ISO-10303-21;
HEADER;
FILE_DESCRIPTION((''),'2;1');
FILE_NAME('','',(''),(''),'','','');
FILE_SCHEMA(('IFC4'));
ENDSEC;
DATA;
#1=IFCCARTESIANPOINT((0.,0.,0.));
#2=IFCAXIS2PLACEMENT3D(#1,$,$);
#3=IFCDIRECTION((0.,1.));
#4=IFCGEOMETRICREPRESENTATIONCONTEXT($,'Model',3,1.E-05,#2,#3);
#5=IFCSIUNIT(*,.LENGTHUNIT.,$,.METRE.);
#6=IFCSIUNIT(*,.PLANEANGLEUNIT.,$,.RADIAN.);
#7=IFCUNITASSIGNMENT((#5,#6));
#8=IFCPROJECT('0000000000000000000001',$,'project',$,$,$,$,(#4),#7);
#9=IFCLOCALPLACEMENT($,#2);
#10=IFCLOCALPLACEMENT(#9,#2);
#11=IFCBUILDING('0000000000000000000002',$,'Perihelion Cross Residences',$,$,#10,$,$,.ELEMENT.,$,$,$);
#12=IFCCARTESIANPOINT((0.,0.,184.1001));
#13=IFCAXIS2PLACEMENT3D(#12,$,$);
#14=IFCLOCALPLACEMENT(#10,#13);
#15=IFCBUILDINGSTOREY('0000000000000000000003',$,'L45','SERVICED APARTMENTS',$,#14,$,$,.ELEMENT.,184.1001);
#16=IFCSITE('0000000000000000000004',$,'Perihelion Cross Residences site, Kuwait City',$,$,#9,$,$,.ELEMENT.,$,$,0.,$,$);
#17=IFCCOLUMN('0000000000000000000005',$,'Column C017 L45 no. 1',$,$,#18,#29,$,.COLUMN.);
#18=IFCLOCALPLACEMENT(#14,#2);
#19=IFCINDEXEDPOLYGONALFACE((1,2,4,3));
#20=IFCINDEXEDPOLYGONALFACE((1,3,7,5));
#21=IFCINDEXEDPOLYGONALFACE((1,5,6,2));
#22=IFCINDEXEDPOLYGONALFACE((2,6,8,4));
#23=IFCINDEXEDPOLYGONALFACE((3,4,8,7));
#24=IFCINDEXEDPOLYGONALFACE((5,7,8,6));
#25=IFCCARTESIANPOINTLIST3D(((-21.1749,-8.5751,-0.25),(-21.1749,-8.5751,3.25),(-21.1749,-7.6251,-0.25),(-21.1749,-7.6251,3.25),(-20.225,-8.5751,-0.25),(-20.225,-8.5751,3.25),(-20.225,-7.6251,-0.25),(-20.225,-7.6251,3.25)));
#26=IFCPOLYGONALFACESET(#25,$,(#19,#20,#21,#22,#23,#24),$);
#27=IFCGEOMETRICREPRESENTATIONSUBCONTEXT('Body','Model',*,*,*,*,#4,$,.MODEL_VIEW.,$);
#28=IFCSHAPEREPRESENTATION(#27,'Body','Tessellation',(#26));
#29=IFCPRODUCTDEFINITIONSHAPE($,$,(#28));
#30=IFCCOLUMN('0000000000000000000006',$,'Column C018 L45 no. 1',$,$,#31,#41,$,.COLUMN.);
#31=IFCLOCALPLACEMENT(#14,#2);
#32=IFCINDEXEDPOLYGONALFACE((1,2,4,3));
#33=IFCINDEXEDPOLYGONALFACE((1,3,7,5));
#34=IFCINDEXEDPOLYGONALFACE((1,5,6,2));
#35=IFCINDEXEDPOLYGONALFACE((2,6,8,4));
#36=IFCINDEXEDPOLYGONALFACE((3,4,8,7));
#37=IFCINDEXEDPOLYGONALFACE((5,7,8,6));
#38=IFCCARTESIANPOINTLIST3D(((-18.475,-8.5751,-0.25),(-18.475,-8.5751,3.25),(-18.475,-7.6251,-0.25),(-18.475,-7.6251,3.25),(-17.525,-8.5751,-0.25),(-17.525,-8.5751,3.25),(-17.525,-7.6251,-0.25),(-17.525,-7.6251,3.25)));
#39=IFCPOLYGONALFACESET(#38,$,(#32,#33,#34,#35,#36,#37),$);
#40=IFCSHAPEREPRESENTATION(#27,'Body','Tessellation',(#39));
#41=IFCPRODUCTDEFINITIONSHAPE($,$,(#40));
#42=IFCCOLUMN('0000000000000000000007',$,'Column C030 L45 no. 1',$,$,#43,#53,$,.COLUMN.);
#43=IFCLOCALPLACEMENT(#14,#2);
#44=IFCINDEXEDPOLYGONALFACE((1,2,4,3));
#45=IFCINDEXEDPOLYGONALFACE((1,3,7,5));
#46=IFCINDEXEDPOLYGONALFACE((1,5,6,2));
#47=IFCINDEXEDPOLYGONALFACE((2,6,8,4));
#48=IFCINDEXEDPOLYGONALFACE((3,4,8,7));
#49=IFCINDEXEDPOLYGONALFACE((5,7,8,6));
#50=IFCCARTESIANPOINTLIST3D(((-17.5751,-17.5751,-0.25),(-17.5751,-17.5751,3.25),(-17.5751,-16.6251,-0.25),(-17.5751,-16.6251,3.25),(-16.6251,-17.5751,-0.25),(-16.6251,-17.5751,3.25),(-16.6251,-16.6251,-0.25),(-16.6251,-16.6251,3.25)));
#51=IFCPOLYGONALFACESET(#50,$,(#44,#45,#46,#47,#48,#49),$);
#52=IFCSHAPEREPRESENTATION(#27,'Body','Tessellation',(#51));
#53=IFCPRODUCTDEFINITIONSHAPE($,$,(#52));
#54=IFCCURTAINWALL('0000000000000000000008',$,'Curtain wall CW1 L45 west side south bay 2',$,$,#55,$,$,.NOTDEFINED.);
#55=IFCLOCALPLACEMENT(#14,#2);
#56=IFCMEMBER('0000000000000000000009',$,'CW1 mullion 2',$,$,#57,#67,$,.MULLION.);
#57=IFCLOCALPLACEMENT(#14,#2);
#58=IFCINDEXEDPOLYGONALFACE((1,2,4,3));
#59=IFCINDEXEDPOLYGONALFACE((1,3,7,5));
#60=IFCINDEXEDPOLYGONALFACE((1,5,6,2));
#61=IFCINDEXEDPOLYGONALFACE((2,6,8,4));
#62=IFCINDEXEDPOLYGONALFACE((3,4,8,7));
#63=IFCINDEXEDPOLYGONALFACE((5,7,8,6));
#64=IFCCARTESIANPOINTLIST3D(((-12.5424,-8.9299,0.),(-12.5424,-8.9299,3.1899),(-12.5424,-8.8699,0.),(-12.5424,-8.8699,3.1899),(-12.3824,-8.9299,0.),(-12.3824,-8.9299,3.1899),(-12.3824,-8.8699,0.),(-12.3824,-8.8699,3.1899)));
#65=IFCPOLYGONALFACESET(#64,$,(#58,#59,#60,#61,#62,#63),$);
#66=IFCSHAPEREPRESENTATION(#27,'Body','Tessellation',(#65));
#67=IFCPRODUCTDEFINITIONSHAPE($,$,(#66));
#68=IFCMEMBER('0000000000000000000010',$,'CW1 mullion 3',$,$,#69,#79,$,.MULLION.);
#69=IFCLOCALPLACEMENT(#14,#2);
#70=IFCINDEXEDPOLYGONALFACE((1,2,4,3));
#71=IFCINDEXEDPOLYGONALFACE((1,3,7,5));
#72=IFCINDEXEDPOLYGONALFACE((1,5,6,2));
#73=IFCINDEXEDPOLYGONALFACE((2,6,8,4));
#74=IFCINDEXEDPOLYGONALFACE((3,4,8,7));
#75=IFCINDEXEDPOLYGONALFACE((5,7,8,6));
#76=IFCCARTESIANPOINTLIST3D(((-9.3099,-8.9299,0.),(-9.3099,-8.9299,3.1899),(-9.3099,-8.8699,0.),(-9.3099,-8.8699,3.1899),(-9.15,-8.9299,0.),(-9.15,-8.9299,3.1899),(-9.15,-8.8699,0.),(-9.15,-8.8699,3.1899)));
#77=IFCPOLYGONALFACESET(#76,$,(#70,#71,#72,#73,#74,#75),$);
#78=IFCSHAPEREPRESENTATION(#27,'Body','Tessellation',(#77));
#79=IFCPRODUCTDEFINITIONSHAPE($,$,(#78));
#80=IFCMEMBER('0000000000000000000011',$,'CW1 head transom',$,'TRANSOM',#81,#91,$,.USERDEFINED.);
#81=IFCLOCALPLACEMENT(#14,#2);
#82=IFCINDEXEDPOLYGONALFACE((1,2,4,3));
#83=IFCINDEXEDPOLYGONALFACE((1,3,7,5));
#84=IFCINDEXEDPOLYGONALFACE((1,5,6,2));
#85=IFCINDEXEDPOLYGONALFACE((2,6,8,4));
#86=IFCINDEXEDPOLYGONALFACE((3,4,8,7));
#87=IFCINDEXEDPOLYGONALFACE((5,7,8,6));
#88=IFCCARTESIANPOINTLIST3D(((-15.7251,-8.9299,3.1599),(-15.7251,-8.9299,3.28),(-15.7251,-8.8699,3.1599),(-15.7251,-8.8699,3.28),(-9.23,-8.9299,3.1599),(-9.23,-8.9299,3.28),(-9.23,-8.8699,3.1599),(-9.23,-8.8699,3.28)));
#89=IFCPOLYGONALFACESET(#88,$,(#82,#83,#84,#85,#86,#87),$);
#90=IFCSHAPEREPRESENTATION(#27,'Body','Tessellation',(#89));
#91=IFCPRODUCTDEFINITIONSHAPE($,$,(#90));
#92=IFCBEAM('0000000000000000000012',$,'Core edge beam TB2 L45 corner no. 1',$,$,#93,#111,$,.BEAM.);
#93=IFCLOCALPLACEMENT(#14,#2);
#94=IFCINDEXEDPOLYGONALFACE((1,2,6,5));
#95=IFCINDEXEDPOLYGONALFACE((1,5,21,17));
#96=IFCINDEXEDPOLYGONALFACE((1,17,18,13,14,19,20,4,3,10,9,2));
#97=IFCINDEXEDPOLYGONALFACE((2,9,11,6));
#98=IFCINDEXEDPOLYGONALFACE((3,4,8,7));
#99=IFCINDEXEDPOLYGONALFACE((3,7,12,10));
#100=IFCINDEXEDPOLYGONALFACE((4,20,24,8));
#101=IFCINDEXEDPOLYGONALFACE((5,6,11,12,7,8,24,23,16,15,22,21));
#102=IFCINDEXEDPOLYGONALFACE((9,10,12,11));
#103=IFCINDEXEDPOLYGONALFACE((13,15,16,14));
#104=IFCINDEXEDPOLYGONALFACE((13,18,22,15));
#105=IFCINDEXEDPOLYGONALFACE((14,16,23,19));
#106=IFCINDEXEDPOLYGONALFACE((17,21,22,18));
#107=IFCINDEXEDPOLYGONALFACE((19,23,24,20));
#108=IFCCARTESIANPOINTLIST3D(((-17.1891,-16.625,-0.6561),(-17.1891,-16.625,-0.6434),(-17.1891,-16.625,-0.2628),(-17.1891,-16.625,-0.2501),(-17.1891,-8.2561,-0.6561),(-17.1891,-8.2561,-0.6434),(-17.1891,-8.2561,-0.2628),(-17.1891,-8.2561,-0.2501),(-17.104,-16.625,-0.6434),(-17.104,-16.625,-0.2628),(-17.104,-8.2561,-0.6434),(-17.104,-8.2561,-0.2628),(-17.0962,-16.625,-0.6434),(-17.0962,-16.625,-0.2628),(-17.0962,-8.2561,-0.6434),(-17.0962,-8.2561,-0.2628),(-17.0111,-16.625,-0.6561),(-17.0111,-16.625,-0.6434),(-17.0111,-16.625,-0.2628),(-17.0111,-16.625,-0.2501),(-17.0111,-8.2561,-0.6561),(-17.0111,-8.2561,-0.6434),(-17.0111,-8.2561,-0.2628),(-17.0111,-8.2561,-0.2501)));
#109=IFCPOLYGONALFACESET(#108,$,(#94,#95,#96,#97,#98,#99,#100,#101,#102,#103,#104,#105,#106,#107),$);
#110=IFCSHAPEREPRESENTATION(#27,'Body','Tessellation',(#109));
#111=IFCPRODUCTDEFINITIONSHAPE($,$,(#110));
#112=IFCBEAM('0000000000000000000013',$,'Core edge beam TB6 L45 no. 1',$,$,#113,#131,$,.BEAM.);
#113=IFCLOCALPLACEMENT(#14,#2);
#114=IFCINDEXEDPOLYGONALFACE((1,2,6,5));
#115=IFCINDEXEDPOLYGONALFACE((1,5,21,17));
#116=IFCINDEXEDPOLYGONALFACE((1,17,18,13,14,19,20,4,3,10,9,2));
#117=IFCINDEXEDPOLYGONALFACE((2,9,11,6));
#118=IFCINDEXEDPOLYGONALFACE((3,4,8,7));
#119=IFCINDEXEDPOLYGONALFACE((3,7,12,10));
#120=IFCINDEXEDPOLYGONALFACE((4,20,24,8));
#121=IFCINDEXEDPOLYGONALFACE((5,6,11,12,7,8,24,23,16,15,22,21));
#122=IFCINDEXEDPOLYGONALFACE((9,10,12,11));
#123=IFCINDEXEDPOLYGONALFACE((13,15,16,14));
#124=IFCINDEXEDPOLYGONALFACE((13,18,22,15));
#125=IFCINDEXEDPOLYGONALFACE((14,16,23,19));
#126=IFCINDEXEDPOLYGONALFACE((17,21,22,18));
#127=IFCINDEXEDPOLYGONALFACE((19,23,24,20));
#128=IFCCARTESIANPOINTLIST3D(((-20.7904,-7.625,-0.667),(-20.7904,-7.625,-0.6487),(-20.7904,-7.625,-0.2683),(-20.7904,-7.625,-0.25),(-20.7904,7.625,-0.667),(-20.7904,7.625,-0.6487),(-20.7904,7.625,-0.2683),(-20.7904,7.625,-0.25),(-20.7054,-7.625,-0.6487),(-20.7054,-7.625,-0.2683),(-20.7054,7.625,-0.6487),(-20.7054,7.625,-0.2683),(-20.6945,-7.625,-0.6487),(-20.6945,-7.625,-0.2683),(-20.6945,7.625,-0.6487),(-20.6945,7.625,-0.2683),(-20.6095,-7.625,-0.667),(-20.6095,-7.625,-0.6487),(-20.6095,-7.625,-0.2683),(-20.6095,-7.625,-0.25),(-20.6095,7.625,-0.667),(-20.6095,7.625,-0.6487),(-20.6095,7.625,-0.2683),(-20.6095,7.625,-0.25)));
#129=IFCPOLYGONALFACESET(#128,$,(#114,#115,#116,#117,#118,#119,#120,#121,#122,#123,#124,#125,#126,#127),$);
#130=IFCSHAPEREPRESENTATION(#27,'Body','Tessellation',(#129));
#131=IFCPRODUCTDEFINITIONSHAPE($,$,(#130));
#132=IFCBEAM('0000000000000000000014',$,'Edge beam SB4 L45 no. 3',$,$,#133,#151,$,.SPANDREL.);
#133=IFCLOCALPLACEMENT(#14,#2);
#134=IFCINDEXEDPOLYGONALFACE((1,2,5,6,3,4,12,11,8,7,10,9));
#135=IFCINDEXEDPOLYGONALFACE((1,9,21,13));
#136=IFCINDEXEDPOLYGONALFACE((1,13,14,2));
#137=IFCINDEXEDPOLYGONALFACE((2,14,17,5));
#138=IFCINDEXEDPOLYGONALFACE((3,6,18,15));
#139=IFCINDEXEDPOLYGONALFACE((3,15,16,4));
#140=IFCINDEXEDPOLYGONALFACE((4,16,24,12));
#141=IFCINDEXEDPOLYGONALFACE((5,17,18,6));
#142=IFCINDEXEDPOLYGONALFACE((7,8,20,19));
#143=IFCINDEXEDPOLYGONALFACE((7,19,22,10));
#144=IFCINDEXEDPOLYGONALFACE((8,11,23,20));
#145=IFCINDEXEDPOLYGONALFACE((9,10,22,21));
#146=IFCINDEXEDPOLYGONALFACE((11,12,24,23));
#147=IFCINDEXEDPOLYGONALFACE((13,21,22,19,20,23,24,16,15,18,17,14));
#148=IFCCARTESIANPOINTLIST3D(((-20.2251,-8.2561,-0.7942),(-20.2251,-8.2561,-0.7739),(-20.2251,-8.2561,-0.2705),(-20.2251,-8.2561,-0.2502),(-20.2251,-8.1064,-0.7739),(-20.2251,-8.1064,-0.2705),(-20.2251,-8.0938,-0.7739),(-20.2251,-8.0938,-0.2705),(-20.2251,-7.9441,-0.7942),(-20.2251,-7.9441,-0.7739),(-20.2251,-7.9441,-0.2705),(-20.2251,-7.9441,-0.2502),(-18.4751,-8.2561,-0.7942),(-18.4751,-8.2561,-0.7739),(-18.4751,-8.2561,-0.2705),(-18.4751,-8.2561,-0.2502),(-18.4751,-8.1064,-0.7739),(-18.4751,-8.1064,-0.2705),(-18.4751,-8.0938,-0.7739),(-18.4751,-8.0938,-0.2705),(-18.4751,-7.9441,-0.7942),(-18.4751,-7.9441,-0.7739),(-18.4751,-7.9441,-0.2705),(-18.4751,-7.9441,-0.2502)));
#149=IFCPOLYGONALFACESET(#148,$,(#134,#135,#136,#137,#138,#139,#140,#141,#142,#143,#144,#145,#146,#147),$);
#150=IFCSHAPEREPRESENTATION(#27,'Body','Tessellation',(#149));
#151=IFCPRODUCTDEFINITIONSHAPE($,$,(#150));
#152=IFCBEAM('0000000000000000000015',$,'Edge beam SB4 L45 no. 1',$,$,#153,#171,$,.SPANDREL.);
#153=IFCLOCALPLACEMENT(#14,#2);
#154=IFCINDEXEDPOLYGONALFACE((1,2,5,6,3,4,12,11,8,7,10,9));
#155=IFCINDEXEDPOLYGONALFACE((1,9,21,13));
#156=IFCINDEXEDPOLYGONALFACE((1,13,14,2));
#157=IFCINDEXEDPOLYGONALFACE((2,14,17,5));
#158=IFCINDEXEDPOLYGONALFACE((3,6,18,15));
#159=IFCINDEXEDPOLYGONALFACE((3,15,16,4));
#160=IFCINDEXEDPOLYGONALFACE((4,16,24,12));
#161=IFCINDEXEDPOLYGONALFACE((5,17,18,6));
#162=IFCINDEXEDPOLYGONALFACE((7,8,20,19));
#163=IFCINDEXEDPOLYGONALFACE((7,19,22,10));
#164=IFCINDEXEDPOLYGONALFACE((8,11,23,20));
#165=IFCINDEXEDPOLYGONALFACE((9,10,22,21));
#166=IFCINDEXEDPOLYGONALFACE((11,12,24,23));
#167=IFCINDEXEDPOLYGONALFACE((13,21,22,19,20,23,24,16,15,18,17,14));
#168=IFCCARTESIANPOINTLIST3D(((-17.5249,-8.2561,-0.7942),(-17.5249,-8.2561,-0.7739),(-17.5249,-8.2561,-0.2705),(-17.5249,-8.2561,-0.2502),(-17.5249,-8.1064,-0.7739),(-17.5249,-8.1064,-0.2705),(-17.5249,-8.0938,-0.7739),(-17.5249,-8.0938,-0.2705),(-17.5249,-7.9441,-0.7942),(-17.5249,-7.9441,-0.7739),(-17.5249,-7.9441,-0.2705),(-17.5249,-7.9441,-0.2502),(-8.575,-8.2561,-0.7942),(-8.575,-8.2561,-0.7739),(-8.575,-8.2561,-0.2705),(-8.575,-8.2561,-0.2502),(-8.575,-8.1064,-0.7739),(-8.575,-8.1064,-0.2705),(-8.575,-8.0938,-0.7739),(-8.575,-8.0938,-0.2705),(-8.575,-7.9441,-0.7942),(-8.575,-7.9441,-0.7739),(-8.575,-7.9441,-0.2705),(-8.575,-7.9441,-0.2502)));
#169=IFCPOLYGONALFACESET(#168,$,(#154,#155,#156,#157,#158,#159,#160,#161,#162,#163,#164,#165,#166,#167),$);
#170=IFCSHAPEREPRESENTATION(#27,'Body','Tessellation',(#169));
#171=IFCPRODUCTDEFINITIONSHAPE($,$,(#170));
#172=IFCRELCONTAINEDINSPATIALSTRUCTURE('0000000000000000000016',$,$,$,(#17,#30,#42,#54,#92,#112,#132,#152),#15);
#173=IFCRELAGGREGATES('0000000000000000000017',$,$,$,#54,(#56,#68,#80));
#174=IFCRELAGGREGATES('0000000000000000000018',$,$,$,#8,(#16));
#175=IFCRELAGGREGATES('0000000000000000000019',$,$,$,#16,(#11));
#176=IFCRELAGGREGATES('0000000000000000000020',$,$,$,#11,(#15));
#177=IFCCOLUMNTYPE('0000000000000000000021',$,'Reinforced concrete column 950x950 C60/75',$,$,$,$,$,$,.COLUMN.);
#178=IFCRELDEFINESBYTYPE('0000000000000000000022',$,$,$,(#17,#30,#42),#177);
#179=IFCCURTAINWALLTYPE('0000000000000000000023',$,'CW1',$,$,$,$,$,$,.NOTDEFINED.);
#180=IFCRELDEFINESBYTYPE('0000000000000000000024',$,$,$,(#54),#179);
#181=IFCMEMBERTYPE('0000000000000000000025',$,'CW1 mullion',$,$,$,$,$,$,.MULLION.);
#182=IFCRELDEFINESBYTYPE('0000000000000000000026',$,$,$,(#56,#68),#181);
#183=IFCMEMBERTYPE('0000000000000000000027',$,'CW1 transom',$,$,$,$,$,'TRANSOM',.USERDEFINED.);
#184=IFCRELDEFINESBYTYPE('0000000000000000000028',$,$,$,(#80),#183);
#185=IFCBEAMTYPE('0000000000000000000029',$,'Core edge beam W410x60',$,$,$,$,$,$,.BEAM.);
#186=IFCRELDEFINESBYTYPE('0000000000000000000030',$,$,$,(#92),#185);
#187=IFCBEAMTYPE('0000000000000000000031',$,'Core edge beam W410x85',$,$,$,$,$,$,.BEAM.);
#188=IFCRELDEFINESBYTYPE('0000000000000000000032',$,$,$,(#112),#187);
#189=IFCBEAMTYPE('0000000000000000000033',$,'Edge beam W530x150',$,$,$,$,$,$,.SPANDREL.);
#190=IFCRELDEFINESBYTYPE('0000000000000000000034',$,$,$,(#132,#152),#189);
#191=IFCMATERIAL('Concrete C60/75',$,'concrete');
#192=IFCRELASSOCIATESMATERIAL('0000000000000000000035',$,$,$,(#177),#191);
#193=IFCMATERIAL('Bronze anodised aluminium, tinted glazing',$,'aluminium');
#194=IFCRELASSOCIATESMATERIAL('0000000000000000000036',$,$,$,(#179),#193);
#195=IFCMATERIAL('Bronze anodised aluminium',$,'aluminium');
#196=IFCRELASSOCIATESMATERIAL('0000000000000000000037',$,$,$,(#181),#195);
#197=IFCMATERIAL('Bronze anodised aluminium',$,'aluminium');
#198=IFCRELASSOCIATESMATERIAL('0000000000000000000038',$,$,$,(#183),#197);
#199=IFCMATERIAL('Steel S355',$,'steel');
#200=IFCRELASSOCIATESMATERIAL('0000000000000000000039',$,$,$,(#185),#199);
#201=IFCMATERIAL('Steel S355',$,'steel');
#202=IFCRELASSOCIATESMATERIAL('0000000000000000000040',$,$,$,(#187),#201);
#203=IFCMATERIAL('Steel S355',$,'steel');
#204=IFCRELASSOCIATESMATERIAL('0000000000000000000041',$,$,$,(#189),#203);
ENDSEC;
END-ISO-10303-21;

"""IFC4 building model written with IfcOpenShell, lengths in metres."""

from ifc_helpers import new_model, si_unit, direction, frame, origin, origin_2d, place, context, subcontext, project, spatial, rectangle, i_section, extrude, material, material_profile, profile_set, type_object, element, aggregate, save


model = new_model("IFC4")

# Units and contexts
model_context = context("Model", 3, precision=1e-05, world=origin(), true_north=direction((0.0, 1.0)))
body_context = subcontext(model_context, "Body", "Model", "MODEL_VIEW")
ifc_project = project(units=[si_unit("LENGTHUNIT", "METRE"), si_unit("PLANEANGLEUNIT", "RADIAN")], contexts=[model_context])

# Site, building, storey
site_placement = place(None, origin())
site = spatial("IfcSite", under=ifc_project, at=site_placement, Name="Perihelion Cross Residences site, Kuwait City", CompositionType="ELEMENT", RefElevation=0.0)
building_placement = place(site_placement, origin())
building = spatial("IfcBuilding", under=site, at=building_placement, Name="Perihelion Cross Residences", CompositionType="ELEMENT")
storey_placement = place(building_placement, frame((0.0, 0.0, 184.1001)))
storey = spatial("IfcBuildingStorey", under=building, at=storey_placement, Name="L45", Description="SERVICED APARTMENTS", CompositionType="ELEMENT", Elevation=184.1001)

# Columns
ifc_material_1 = material(Name="Concrete C60/75", Category="concrete")
ifc_material_profile_1 = material_profile(ifc_material_1, rectangle(XDim=0.95, YDim=0.95, at=origin_2d()), Name="RC 950x950")
ifc_profile_set_1 = profile_set([ifc_material_profile_1], Name="Concrete C60/75")
column_type = type_object("IfcColumnType", Name="Reinforced concrete column 950x950 C60/75", PredefinedType="COLUMN", material=ifc_profile_set_1)
for number, where, z_axis, x_axis, name in (
    (1, (-20.7, -8.1001, -0.25), (0.0, 0.0, 1.0), (1.0, 0.0, 0.0), "Column C017 L45 no. 1"),
    (2, (-18.0, -8.1001, -0.25), (0.0, 0.0, 1.0), (1.0, 0.0, 0.0), "Column C018 L45 no. 1"),
    (3, (-17.1001, -17.1001, -0.25), (0.0, 0.0, 1.0), (1.0, 0.0, 0.0), "Column C030 L45 no. 1"),
):
    element("IfcColumn", number, at=place(storey_placement, frame(where, z_axis=z_axis, x_axis=x_axis)), inside=storey, type_object=column_type, Name=name, PredefinedType="COLUMN", context=body_context, shape_type="SweptSolid", body=[
        extrude(rectangle(XDim=0.95, YDim=0.95, at=origin_2d()), origin(), (0.0, 0.0, 1.0), 3.5),
    ])

# Curtain wall, members
ifc_material_2 = material(Name="Bronze anodised aluminium, tinted glazing", Category="aluminium")
curtain_wall_type = type_object("IfcCurtainWallType", Name="CW1", PredefinedType="NOTDEFINED", material=ifc_material_2)
curtain_wall_placement = place(storey_placement, origin())
curtain_wall = element("IfcCurtainWall", 4, at=curtain_wall_placement, inside=storey, type_object=curtain_wall_type, Name="Curtain wall CW1 L45 west side south bay 2", PredefinedType="NOTDEFINED")
ifc_material_3 = material(Name="Bronze anodised aluminium", Category="aluminium")
ifc_material_profile_2 = material_profile(ifc_material_3, rectangle(XDim=0.0601, YDim=0.1599, at=origin_2d()), Name="CW1 mullion")
ifc_profile_set_2 = profile_set([ifc_material_profile_2], Name="Bronze anodised aluminium")
member_type_1 = type_object("IfcMemberType", Name="CW1 mullion", PredefinedType="MULLION", material=ifc_profile_set_2)
member_1_placement = place(storey_placement, frame((-12.4624, -8.8999, 0.0), z_axis=(0.0, 0.0, 1.0), x_axis=(0.0, 1.0, 0.0)))
member_1 = element("IfcMember", 5, at=member_1_placement, type_object=member_type_1, Name="CW1 mullion 2", PredefinedType="MULLION", context=body_context, shape_type="SweptSolid", body=[
    extrude(rectangle(XDim=0.0601, YDim=0.1599, at=origin_2d()), origin(), (0.0, 0.0, 1.0), 3.1899),
])
member_2_placement = place(storey_placement, frame((-9.23, -8.8999, 0.0), z_axis=(0.0, 0.0, 1.0), x_axis=(0.0, 1.0, 0.0)))
member_2 = element("IfcMember", 6, at=member_2_placement, type_object=member_type_1, Name="CW1 mullion 3", PredefinedType="MULLION", context=body_context, shape_type="SweptSolid", body=[
    extrude(rectangle(XDim=0.0601, YDim=0.1599, at=origin_2d()), origin(), (0.0, 0.0, 1.0), 3.1899),
])
ifc_material_4 = material(Name="Bronze anodised aluminium", Category="aluminium")
ifc_material_profile_3 = material_profile(ifc_material_4, rectangle(XDim=0.0601, YDim=0.1201, at=origin_2d()), Name="CW1 transom")
ifc_profile_set_3 = profile_set([ifc_material_profile_3], Name="Bronze anodised aluminium")
member_type_2 = type_object("IfcMemberType", Name="CW1 transom", ElementType="TRANSOM", PredefinedType="USERDEFINED", material=ifc_profile_set_3)
member_3_placement = place(storey_placement, frame((-15.7251, -8.8999, 3.22), z_axis=(1.0, 0.0, 0.0), x_axis=(0.0, 1.0, 0.0)))
member_3 = element("IfcMember", 7, at=member_3_placement, type_object=member_type_2, Name="CW1 head transom", ObjectType="TRANSOM", PredefinedType="USERDEFINED", context=body_context, shape_type="SweptSolid", body=[
    extrude(rectangle(XDim=0.0601, YDim=0.1201, at=origin_2d()), origin(), (0.0, 0.0, 1.0), 6.4951),
])

# Beams
ifc_material_5 = material(Name="Steel S355", Category="steel")
ifc_material_profile_4 = material_profile(ifc_material_5, i_section(OverallWidth=0.178, OverallDepth=0.406, WebThickness=0.0078, FlangeThickness=0.0127, at=origin_2d()), Name="W410x60")
ifc_profile_set_4 = profile_set([ifc_material_profile_4], Name="Steel S355")
beam_type_1 = type_object("IfcBeamType", Name="Core edge beam W410x60", PredefinedType="BEAM", material=ifc_profile_set_4)
beam_1_placement = place(storey_placement, frame((-17.1001, -8.2561, -0.4531), z_axis=(0.0, -1.0, 0.0), x_axis=(1.0, 0.0, 0.0)))
element("IfcBeam", 8, at=beam_1_placement, inside=storey, type_object=beam_type_1, Name="Core edge beam TB2 L45 corner no. 1", PredefinedType="BEAM", context=body_context, shape_type="SweptSolid", body=[
    extrude(i_section(OverallWidth=0.178, OverallDepth=0.406, WebThickness=0.0078, FlangeThickness=0.0127, at=origin_2d()), origin(), (0.0, 0.0, 1.0), 8.3689),
])
ifc_material_6 = material(Name="Steel S355", Category="steel")
ifc_material_profile_5 = material_profile(ifc_material_6, i_section(OverallWidth=0.1809, OverallDepth=0.417, WebThickness=0.011, FlangeThickness=0.0183, at=origin_2d()), Name="W410x85")
ifc_profile_set_5 = profile_set([ifc_material_profile_5], Name="Steel S355")
beam_type_2 = type_object("IfcBeamType", Name="Core edge beam W410x85", PredefinedType="BEAM", material=ifc_profile_set_5)
beam_2_placement = place(storey_placement, frame((-20.7, -7.625, -0.4585), z_axis=(0.0, 1.0, 0.0), x_axis=(-1.0, 0.0, 0.0)))
element("IfcBeam", 9, at=beam_2_placement, inside=storey, type_object=beam_type_2, Name="Core edge beam TB6 L45 no. 1", PredefinedType="BEAM", context=body_context, shape_type="SweptSolid", body=[
    extrude(i_section(OverallWidth=0.1809, OverallDepth=0.417, WebThickness=0.011, FlangeThickness=0.0183, at=origin_2d()), origin(), (0.0, 0.0, 1.0), 15.25),
])
ifc_material_7 = material(Name="Steel S355", Category="steel")
ifc_material_profile_6 = material_profile(ifc_material_7, i_section(OverallWidth=0.312, OverallDepth=0.5439, WebThickness=0.0127, FlangeThickness=0.0203, at=origin_2d()), Name="W530x150")
ifc_profile_set_6 = profile_set([ifc_material_profile_6], Name="Steel S355")
beam_type_3 = type_object("IfcBeamType", Name="Edge beam W530x150", PredefinedType="SPANDREL", material=ifc_profile_set_6)
beam_3_placement = place(storey_placement, frame((-20.2251, -8.1001, -0.5222), z_axis=(1.0, 0.0, 0.0), x_axis=(0.0, 1.0, 0.0)))
element("IfcBeam", 10, at=beam_3_placement, inside=storey, type_object=beam_type_3, Name="Edge beam SB4 L45 no. 3", PredefinedType="SPANDREL", context=body_context, shape_type="SweptSolid", body=[
    extrude(i_section(OverallWidth=0.312, OverallDepth=0.5439, WebThickness=0.0127, FlangeThickness=0.0203, at=origin_2d()), origin(), (0.0, 0.0, 1.0), 1.75),
])
beam_4_placement = place(storey_placement, frame((-17.5249, -8.1001, -0.5222), z_axis=(1.0, 0.0, 0.0), x_axis=(0.0, 1.0, 0.0)))
element("IfcBeam", 11, at=beam_4_placement, inside=storey, type_object=beam_type_3, Name="Edge beam SB4 L45 no. 1", PredefinedType="SPANDREL", context=body_context, shape_type="SweptSolid", body=[
    extrude(i_section(OverallWidth=0.312, OverallDepth=0.5439, WebThickness=0.0127, FlangeThickness=0.0203, at=origin_2d()), origin(), (0.0, 0.0, 1.0), 8.95),
])

aggregate(curtain_wall, [member_1, member_2, member_3])

save(model, "model.ifc")
